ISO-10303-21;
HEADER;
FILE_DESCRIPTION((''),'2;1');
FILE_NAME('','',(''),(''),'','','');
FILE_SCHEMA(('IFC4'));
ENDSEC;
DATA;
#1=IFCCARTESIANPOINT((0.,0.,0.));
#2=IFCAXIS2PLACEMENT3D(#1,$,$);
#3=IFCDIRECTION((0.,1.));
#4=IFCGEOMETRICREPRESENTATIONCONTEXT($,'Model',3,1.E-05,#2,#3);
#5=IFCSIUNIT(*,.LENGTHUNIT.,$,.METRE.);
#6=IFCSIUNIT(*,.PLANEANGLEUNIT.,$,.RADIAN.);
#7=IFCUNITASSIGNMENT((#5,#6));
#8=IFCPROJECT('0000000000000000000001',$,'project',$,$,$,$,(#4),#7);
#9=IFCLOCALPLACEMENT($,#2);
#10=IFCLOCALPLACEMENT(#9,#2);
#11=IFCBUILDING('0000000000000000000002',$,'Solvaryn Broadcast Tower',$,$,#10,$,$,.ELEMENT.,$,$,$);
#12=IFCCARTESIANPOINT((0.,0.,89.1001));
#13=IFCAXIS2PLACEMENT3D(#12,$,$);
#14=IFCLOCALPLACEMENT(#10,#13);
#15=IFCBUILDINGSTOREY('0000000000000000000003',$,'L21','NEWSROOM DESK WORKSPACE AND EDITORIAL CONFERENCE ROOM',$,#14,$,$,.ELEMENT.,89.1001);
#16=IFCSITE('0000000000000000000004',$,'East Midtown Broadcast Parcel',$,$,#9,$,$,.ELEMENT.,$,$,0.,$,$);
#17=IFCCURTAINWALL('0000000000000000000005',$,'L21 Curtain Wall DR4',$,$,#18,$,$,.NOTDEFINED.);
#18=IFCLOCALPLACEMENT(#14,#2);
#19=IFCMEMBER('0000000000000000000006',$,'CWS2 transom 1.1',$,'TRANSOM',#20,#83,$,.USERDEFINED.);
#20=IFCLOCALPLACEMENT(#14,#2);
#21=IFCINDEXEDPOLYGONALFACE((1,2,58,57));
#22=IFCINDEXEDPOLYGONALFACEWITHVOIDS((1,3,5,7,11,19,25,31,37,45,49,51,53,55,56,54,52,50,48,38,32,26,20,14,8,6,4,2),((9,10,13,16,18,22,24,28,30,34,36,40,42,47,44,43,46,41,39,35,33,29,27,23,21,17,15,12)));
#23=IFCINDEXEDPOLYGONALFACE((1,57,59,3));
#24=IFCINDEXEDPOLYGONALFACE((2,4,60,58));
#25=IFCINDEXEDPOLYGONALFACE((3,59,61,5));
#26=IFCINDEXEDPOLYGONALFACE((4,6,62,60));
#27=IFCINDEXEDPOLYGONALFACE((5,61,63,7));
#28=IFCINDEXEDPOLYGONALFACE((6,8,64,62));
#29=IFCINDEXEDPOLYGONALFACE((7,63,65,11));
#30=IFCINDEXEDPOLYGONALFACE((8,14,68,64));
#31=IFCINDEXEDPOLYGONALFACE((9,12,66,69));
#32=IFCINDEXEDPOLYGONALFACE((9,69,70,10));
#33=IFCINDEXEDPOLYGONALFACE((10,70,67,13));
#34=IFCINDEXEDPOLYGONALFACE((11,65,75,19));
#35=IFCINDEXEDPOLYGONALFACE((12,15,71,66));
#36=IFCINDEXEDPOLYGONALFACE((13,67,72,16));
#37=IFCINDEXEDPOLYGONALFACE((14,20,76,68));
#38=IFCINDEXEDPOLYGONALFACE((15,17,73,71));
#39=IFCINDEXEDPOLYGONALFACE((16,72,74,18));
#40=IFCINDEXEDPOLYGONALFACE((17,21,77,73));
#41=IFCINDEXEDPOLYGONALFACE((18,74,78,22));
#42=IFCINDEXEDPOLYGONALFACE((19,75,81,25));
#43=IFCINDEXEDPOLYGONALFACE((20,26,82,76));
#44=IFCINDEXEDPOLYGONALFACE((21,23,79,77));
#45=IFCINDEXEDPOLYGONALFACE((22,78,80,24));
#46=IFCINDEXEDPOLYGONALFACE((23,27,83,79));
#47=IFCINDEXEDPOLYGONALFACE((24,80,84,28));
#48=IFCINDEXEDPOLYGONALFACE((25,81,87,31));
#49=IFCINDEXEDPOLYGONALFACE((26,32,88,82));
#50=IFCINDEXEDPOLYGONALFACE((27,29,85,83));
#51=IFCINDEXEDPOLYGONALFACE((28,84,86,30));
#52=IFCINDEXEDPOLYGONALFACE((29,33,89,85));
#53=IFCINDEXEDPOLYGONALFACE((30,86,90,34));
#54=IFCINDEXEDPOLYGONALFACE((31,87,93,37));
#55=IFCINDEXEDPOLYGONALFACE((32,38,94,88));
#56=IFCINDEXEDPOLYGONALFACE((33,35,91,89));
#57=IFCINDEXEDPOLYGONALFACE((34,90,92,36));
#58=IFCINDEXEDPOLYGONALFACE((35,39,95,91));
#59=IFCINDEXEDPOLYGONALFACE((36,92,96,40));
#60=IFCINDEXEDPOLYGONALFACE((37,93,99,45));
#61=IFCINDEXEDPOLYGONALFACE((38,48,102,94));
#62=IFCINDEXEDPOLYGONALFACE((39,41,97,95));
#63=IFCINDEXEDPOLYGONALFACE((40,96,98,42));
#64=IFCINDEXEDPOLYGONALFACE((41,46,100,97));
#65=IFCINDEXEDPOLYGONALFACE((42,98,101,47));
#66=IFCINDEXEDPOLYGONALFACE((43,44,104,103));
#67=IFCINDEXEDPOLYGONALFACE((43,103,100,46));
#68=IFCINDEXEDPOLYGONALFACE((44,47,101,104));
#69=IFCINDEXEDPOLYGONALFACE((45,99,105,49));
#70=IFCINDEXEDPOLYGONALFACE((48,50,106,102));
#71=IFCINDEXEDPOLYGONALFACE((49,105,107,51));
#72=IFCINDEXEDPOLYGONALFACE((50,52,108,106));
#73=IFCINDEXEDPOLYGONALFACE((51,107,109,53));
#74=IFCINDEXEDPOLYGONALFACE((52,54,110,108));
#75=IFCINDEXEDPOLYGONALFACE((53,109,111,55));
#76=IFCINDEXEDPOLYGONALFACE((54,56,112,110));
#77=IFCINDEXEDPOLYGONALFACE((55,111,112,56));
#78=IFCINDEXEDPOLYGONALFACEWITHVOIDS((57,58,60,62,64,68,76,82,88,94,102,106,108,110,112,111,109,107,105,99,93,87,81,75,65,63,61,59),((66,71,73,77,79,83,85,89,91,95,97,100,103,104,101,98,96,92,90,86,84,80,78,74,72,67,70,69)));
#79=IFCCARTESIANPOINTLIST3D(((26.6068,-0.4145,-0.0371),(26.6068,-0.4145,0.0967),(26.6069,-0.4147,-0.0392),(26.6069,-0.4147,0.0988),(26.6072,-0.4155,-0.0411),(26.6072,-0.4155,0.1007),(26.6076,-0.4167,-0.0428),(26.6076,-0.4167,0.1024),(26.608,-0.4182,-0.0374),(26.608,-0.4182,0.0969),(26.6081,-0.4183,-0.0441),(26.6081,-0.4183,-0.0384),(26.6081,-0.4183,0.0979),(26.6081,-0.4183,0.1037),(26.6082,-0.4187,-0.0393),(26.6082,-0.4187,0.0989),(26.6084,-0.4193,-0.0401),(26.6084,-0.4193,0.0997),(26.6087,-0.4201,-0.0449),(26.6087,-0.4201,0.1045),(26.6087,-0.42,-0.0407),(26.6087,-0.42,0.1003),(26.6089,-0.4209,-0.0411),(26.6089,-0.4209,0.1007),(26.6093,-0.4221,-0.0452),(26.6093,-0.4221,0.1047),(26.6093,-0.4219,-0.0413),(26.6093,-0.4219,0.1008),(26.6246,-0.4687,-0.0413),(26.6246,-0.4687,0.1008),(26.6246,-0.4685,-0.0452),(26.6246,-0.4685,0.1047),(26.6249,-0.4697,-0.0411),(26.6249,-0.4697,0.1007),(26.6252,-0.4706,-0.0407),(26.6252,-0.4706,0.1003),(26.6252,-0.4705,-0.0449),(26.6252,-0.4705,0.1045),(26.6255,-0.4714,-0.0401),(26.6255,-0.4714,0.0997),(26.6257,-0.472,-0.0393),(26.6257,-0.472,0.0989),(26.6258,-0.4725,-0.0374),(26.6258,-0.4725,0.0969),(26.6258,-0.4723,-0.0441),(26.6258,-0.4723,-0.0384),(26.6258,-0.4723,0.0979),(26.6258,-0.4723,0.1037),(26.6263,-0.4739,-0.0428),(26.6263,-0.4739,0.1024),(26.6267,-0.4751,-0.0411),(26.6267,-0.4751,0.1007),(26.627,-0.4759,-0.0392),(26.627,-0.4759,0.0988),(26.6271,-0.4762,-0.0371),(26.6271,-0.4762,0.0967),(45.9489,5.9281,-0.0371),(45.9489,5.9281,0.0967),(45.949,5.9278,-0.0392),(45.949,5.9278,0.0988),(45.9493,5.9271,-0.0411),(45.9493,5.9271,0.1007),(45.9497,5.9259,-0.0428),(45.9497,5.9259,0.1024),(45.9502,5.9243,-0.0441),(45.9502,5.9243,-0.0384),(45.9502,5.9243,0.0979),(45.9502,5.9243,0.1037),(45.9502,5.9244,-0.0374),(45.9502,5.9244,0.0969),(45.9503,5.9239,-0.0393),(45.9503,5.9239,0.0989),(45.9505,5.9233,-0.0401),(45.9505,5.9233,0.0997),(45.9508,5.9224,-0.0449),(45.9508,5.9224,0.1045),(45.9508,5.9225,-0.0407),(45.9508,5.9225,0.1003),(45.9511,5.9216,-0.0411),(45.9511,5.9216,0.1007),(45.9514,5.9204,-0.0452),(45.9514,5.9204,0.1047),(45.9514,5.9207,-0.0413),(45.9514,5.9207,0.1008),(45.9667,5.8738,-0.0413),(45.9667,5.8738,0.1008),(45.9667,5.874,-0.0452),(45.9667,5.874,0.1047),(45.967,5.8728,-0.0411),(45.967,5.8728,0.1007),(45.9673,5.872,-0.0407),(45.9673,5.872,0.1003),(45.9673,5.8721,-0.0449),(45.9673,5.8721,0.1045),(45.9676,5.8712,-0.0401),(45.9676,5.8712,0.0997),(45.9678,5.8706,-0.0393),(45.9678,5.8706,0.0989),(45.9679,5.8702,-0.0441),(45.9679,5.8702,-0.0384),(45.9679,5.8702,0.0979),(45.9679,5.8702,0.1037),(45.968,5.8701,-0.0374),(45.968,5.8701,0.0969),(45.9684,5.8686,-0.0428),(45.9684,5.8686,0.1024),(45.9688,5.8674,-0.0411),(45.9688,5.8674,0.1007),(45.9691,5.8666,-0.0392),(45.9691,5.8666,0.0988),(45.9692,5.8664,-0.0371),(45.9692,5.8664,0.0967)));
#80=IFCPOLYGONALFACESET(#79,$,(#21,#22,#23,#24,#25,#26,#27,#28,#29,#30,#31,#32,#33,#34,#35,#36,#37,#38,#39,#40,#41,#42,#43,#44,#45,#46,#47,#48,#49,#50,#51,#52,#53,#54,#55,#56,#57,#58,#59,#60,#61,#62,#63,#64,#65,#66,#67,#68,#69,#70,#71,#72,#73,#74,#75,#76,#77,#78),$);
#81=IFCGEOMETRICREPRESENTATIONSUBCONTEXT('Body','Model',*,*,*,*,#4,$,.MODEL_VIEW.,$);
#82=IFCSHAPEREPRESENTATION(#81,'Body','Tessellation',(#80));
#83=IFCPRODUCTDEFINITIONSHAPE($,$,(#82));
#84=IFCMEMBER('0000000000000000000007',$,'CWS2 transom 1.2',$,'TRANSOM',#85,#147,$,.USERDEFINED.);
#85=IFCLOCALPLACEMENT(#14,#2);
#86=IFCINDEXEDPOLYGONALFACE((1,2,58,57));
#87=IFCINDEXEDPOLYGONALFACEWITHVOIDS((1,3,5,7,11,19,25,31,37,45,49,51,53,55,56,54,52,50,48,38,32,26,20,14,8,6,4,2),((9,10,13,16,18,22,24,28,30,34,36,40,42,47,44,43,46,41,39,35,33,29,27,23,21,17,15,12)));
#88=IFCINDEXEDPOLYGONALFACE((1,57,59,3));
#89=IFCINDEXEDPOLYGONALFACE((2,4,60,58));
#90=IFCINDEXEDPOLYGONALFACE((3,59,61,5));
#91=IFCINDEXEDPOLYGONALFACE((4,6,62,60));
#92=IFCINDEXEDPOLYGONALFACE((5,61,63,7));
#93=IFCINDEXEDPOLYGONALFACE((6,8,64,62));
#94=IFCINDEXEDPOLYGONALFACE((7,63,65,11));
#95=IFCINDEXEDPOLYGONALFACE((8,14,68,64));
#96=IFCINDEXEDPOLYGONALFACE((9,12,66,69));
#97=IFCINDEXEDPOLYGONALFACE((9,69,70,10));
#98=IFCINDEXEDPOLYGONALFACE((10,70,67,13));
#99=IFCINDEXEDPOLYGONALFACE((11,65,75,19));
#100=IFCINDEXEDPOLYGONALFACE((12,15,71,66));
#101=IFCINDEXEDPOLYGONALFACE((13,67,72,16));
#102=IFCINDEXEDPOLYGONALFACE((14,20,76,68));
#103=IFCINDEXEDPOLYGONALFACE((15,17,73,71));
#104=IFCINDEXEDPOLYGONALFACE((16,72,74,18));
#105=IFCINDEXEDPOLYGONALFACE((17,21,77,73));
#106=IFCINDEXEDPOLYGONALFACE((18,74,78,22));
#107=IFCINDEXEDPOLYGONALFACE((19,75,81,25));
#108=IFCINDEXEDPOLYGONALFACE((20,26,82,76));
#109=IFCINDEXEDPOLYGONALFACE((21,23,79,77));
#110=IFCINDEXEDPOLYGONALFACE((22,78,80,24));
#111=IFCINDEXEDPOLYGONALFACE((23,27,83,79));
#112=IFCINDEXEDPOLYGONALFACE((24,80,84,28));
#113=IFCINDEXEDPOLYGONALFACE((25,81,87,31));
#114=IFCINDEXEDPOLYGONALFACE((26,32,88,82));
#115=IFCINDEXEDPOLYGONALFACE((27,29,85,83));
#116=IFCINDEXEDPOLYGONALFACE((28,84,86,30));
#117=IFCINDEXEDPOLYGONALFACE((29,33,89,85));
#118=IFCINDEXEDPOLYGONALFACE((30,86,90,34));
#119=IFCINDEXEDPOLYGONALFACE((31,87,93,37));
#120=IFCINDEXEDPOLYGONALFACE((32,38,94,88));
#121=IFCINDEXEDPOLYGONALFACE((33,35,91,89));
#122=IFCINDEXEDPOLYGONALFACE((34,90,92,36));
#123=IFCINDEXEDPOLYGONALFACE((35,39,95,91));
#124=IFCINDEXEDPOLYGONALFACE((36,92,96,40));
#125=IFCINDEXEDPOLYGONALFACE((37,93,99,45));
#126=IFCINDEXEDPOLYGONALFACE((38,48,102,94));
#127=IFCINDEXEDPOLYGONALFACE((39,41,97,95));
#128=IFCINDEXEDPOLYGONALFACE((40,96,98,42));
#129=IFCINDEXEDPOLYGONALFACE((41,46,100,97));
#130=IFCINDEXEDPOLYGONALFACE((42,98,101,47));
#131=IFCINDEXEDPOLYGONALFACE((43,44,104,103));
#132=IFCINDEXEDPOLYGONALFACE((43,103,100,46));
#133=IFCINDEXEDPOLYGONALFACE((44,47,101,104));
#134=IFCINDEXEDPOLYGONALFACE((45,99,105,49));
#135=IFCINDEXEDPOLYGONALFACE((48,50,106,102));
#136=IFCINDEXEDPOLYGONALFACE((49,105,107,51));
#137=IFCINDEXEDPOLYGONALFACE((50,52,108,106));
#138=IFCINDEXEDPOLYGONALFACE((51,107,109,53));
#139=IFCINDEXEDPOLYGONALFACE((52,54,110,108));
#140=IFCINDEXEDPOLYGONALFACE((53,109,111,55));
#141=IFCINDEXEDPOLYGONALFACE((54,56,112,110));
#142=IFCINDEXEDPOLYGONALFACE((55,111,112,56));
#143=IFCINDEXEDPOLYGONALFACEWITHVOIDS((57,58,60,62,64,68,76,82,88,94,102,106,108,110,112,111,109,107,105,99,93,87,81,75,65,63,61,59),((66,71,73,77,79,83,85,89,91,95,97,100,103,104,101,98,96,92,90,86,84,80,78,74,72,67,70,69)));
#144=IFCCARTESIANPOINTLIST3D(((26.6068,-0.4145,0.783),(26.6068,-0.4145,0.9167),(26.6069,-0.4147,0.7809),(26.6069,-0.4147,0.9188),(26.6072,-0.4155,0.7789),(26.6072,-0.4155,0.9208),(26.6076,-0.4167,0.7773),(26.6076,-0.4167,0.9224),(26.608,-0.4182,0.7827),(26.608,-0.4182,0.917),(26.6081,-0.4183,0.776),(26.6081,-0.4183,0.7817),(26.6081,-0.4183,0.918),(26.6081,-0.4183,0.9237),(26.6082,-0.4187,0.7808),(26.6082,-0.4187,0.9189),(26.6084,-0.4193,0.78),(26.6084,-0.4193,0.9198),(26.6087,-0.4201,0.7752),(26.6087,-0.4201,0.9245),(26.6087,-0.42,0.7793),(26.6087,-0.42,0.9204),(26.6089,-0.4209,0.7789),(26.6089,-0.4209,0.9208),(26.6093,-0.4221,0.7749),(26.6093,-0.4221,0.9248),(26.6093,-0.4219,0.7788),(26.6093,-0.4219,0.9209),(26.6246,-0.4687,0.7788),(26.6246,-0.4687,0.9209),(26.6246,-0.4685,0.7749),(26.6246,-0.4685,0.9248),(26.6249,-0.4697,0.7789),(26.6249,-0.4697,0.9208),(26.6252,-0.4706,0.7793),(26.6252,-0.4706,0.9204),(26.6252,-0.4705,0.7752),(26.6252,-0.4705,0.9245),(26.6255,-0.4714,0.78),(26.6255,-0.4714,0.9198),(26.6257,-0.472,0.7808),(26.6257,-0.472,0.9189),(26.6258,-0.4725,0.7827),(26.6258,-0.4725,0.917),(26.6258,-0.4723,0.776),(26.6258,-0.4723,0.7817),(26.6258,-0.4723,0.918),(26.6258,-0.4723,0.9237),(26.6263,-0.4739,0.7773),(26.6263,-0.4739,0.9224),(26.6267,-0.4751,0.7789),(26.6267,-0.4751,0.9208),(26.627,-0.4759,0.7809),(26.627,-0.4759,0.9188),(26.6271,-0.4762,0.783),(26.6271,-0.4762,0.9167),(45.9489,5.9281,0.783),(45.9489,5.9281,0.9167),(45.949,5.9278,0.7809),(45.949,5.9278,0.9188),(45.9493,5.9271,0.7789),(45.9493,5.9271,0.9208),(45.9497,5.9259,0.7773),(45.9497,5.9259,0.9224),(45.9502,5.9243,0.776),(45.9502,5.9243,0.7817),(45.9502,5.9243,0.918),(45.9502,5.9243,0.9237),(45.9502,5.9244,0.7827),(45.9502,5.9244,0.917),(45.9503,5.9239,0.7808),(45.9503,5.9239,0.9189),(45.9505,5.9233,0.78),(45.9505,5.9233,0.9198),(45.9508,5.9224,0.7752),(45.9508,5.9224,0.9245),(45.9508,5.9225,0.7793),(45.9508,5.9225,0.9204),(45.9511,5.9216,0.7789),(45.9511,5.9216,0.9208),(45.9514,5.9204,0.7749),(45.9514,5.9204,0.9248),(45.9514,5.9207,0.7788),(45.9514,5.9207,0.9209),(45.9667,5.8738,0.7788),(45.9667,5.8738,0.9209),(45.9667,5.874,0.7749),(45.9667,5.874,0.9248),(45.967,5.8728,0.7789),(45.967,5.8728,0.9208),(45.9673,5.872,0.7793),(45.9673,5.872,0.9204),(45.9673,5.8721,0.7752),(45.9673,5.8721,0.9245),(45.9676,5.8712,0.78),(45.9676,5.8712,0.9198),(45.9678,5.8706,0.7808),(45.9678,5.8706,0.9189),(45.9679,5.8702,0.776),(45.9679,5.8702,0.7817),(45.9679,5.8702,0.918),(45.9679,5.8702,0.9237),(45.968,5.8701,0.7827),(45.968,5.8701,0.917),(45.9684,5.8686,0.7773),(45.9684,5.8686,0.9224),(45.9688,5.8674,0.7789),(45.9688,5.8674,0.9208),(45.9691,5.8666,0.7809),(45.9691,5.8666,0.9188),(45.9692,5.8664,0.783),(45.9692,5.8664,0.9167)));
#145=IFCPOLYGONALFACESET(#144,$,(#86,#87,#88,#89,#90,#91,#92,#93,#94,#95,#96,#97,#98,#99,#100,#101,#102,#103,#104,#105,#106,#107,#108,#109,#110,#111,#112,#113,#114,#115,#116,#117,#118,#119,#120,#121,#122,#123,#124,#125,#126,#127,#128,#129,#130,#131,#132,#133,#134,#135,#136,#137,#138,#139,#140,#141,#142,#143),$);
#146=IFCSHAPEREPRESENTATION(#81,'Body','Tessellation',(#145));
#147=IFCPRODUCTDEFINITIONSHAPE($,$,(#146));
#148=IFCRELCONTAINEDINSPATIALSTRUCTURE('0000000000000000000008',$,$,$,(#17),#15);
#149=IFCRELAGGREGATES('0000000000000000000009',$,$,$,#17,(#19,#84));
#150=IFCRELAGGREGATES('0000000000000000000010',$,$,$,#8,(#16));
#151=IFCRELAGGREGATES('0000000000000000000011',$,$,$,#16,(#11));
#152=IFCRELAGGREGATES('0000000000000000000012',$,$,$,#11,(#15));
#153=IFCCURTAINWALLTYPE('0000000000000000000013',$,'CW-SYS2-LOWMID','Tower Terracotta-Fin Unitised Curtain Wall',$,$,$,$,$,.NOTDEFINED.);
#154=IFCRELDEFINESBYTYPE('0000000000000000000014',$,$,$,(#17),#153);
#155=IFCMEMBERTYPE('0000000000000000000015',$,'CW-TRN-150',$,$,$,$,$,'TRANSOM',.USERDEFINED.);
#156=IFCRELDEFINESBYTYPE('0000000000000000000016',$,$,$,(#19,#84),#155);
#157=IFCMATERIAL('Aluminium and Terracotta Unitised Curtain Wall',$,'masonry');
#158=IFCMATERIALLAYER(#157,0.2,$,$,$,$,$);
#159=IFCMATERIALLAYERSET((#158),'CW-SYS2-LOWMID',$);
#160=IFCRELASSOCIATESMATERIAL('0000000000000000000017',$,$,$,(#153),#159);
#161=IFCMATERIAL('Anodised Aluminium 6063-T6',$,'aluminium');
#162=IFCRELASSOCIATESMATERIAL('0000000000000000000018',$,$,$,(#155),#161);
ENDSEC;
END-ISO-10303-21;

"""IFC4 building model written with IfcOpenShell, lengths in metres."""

from ifc_helpers import new_model, si_unit, direction, frame, origin, origin_2d, place, context, subcontext, project, spatial, hollow_rectangle, extrude, material, layer, layer_set, material_profile, profile_set, type_object, element, aggregate, save


model = new_model("IFC4")

# Units and contexts
model_context = context("Model", 3, precision=1e-05, world=origin(), true_north=direction((0.0, 1.0)))
body_context = subcontext(model_context, "Body", "Model", "MODEL_VIEW")
ifc_project = project(units=[si_unit("LENGTHUNIT", "METRE"), si_unit("PLANEANGLEUNIT", "RADIAN")], contexts=[model_context])

# Site, building, storey
site_placement = place(None, origin())
site = spatial("IfcSite", under=ifc_project, at=site_placement, Name="East Midtown Broadcast Parcel", CompositionType="ELEMENT", RefElevation=0.0)
building_placement = place(site_placement, origin())
building = spatial("IfcBuilding", under=site, at=building_placement, Name="Solvaryn Broadcast Tower", CompositionType="ELEMENT")
storey_placement = place(building_placement, frame((0.0, 0.0, 89.1001)))
storey = spatial("IfcBuildingStorey", under=building, at=storey_placement, Name="L21", Description="NEWSROOM DESK WORKSPACE AND EDITORIAL CONFERENCE ROOM", CompositionType="ELEMENT", Elevation=89.1001)

# Shared definitions
ifc_material_1 = material(Name="Aluminium and Terracotta Unitised Curtain Wall", Category="masonry")
ifc_layer_1 = layer(ifc_material_1, 0.2)
ifc_layer_set_1 = layer_set([ifc_layer_1], Name="CW-SYS2-LOWMID")
curtain_wall_type = type_object("IfcCurtainWallType", Name="CW-SYS2-LOWMID", Description="Tower Terracotta-Fin Unitised Curtain Wall", PredefinedType="NOTDEFINED", material=ifc_layer_set_1)

# Curtain wall, members
curtain_wall_1_placement = place(storey_placement, origin())
curtain_wall_1 = element("IfcCurtainWall", 1, at=curtain_wall_1_placement, inside=storey, type_object=curtain_wall_type, Name="L21 Curtain Wall DR4", PredefinedType="NOTDEFINED")
ifc_material_2 = material(Name="Anodised Aluminium 6063-T6", Category="aluminium")
ifc_material_profile_1 = material_profile(ifc_material_2, hollow_rectangle(XDim=0.0649, YDim=0.1499, WallThickness=0.0039, InnerFilletRadius=0.0039, OuterFilletRadius=0.0081, at=origin_2d()))
ifc_profile_set_1 = profile_set([ifc_material_profile_1], Name="Anodised Aluminium 6063-T6")
member_type_1 = type_object("IfcMemberType", Name="CW-TRN-150", ElementType="TRANSOM", PredefinedType="USERDEFINED", material=ifc_profile_set_1)
member_1_placement = place(storey_placement, frame((26.6169, -0.4453, 0.0298), z_axis=(0.950217, 0.31159, 0.0), x_axis=(-0.31159, 0.950217, 0.0)))
member_1 = element("IfcMember", 2, at=member_1_placement, type_object=member_type_1, Name="CWS2 transom 1.1", ObjectType="TRANSOM", PredefinedType="USERDEFINED", context=body_context, shape_type="SweptSolid", body=[
    extrude(hollow_rectangle(XDim=0.0649, YDim=0.1499, WallThickness=0.0039, InnerFilletRadius=0.0039, OuterFilletRadius=0.0081, at=origin_2d()), origin(), (0.0, 0.0, 1.0), 20.3555),
])
member_2_placement = place(storey_placement, frame((26.6169, -0.4453, 0.8499), z_axis=(0.950217, 0.31159, 0.0), x_axis=(-0.31159, 0.950217, 0.0)))
member_2 = element("IfcMember", 3, at=member_2_placement, type_object=member_type_1, Name="CWS2 transom 1.2", ObjectType="TRANSOM", PredefinedType="USERDEFINED", context=body_context, shape_type="SweptSolid", body=[
    extrude(hollow_rectangle(XDim=0.0649, YDim=0.1499, WallThickness=0.0039, InnerFilletRadius=0.0039, OuterFilletRadius=0.0081, at=origin_2d()), origin(), (0.0, 0.0, 1.0), 20.3555),
])
aggregate(curtain_wall_1, [member_1, member_2])

save(model, "model.ifc")
